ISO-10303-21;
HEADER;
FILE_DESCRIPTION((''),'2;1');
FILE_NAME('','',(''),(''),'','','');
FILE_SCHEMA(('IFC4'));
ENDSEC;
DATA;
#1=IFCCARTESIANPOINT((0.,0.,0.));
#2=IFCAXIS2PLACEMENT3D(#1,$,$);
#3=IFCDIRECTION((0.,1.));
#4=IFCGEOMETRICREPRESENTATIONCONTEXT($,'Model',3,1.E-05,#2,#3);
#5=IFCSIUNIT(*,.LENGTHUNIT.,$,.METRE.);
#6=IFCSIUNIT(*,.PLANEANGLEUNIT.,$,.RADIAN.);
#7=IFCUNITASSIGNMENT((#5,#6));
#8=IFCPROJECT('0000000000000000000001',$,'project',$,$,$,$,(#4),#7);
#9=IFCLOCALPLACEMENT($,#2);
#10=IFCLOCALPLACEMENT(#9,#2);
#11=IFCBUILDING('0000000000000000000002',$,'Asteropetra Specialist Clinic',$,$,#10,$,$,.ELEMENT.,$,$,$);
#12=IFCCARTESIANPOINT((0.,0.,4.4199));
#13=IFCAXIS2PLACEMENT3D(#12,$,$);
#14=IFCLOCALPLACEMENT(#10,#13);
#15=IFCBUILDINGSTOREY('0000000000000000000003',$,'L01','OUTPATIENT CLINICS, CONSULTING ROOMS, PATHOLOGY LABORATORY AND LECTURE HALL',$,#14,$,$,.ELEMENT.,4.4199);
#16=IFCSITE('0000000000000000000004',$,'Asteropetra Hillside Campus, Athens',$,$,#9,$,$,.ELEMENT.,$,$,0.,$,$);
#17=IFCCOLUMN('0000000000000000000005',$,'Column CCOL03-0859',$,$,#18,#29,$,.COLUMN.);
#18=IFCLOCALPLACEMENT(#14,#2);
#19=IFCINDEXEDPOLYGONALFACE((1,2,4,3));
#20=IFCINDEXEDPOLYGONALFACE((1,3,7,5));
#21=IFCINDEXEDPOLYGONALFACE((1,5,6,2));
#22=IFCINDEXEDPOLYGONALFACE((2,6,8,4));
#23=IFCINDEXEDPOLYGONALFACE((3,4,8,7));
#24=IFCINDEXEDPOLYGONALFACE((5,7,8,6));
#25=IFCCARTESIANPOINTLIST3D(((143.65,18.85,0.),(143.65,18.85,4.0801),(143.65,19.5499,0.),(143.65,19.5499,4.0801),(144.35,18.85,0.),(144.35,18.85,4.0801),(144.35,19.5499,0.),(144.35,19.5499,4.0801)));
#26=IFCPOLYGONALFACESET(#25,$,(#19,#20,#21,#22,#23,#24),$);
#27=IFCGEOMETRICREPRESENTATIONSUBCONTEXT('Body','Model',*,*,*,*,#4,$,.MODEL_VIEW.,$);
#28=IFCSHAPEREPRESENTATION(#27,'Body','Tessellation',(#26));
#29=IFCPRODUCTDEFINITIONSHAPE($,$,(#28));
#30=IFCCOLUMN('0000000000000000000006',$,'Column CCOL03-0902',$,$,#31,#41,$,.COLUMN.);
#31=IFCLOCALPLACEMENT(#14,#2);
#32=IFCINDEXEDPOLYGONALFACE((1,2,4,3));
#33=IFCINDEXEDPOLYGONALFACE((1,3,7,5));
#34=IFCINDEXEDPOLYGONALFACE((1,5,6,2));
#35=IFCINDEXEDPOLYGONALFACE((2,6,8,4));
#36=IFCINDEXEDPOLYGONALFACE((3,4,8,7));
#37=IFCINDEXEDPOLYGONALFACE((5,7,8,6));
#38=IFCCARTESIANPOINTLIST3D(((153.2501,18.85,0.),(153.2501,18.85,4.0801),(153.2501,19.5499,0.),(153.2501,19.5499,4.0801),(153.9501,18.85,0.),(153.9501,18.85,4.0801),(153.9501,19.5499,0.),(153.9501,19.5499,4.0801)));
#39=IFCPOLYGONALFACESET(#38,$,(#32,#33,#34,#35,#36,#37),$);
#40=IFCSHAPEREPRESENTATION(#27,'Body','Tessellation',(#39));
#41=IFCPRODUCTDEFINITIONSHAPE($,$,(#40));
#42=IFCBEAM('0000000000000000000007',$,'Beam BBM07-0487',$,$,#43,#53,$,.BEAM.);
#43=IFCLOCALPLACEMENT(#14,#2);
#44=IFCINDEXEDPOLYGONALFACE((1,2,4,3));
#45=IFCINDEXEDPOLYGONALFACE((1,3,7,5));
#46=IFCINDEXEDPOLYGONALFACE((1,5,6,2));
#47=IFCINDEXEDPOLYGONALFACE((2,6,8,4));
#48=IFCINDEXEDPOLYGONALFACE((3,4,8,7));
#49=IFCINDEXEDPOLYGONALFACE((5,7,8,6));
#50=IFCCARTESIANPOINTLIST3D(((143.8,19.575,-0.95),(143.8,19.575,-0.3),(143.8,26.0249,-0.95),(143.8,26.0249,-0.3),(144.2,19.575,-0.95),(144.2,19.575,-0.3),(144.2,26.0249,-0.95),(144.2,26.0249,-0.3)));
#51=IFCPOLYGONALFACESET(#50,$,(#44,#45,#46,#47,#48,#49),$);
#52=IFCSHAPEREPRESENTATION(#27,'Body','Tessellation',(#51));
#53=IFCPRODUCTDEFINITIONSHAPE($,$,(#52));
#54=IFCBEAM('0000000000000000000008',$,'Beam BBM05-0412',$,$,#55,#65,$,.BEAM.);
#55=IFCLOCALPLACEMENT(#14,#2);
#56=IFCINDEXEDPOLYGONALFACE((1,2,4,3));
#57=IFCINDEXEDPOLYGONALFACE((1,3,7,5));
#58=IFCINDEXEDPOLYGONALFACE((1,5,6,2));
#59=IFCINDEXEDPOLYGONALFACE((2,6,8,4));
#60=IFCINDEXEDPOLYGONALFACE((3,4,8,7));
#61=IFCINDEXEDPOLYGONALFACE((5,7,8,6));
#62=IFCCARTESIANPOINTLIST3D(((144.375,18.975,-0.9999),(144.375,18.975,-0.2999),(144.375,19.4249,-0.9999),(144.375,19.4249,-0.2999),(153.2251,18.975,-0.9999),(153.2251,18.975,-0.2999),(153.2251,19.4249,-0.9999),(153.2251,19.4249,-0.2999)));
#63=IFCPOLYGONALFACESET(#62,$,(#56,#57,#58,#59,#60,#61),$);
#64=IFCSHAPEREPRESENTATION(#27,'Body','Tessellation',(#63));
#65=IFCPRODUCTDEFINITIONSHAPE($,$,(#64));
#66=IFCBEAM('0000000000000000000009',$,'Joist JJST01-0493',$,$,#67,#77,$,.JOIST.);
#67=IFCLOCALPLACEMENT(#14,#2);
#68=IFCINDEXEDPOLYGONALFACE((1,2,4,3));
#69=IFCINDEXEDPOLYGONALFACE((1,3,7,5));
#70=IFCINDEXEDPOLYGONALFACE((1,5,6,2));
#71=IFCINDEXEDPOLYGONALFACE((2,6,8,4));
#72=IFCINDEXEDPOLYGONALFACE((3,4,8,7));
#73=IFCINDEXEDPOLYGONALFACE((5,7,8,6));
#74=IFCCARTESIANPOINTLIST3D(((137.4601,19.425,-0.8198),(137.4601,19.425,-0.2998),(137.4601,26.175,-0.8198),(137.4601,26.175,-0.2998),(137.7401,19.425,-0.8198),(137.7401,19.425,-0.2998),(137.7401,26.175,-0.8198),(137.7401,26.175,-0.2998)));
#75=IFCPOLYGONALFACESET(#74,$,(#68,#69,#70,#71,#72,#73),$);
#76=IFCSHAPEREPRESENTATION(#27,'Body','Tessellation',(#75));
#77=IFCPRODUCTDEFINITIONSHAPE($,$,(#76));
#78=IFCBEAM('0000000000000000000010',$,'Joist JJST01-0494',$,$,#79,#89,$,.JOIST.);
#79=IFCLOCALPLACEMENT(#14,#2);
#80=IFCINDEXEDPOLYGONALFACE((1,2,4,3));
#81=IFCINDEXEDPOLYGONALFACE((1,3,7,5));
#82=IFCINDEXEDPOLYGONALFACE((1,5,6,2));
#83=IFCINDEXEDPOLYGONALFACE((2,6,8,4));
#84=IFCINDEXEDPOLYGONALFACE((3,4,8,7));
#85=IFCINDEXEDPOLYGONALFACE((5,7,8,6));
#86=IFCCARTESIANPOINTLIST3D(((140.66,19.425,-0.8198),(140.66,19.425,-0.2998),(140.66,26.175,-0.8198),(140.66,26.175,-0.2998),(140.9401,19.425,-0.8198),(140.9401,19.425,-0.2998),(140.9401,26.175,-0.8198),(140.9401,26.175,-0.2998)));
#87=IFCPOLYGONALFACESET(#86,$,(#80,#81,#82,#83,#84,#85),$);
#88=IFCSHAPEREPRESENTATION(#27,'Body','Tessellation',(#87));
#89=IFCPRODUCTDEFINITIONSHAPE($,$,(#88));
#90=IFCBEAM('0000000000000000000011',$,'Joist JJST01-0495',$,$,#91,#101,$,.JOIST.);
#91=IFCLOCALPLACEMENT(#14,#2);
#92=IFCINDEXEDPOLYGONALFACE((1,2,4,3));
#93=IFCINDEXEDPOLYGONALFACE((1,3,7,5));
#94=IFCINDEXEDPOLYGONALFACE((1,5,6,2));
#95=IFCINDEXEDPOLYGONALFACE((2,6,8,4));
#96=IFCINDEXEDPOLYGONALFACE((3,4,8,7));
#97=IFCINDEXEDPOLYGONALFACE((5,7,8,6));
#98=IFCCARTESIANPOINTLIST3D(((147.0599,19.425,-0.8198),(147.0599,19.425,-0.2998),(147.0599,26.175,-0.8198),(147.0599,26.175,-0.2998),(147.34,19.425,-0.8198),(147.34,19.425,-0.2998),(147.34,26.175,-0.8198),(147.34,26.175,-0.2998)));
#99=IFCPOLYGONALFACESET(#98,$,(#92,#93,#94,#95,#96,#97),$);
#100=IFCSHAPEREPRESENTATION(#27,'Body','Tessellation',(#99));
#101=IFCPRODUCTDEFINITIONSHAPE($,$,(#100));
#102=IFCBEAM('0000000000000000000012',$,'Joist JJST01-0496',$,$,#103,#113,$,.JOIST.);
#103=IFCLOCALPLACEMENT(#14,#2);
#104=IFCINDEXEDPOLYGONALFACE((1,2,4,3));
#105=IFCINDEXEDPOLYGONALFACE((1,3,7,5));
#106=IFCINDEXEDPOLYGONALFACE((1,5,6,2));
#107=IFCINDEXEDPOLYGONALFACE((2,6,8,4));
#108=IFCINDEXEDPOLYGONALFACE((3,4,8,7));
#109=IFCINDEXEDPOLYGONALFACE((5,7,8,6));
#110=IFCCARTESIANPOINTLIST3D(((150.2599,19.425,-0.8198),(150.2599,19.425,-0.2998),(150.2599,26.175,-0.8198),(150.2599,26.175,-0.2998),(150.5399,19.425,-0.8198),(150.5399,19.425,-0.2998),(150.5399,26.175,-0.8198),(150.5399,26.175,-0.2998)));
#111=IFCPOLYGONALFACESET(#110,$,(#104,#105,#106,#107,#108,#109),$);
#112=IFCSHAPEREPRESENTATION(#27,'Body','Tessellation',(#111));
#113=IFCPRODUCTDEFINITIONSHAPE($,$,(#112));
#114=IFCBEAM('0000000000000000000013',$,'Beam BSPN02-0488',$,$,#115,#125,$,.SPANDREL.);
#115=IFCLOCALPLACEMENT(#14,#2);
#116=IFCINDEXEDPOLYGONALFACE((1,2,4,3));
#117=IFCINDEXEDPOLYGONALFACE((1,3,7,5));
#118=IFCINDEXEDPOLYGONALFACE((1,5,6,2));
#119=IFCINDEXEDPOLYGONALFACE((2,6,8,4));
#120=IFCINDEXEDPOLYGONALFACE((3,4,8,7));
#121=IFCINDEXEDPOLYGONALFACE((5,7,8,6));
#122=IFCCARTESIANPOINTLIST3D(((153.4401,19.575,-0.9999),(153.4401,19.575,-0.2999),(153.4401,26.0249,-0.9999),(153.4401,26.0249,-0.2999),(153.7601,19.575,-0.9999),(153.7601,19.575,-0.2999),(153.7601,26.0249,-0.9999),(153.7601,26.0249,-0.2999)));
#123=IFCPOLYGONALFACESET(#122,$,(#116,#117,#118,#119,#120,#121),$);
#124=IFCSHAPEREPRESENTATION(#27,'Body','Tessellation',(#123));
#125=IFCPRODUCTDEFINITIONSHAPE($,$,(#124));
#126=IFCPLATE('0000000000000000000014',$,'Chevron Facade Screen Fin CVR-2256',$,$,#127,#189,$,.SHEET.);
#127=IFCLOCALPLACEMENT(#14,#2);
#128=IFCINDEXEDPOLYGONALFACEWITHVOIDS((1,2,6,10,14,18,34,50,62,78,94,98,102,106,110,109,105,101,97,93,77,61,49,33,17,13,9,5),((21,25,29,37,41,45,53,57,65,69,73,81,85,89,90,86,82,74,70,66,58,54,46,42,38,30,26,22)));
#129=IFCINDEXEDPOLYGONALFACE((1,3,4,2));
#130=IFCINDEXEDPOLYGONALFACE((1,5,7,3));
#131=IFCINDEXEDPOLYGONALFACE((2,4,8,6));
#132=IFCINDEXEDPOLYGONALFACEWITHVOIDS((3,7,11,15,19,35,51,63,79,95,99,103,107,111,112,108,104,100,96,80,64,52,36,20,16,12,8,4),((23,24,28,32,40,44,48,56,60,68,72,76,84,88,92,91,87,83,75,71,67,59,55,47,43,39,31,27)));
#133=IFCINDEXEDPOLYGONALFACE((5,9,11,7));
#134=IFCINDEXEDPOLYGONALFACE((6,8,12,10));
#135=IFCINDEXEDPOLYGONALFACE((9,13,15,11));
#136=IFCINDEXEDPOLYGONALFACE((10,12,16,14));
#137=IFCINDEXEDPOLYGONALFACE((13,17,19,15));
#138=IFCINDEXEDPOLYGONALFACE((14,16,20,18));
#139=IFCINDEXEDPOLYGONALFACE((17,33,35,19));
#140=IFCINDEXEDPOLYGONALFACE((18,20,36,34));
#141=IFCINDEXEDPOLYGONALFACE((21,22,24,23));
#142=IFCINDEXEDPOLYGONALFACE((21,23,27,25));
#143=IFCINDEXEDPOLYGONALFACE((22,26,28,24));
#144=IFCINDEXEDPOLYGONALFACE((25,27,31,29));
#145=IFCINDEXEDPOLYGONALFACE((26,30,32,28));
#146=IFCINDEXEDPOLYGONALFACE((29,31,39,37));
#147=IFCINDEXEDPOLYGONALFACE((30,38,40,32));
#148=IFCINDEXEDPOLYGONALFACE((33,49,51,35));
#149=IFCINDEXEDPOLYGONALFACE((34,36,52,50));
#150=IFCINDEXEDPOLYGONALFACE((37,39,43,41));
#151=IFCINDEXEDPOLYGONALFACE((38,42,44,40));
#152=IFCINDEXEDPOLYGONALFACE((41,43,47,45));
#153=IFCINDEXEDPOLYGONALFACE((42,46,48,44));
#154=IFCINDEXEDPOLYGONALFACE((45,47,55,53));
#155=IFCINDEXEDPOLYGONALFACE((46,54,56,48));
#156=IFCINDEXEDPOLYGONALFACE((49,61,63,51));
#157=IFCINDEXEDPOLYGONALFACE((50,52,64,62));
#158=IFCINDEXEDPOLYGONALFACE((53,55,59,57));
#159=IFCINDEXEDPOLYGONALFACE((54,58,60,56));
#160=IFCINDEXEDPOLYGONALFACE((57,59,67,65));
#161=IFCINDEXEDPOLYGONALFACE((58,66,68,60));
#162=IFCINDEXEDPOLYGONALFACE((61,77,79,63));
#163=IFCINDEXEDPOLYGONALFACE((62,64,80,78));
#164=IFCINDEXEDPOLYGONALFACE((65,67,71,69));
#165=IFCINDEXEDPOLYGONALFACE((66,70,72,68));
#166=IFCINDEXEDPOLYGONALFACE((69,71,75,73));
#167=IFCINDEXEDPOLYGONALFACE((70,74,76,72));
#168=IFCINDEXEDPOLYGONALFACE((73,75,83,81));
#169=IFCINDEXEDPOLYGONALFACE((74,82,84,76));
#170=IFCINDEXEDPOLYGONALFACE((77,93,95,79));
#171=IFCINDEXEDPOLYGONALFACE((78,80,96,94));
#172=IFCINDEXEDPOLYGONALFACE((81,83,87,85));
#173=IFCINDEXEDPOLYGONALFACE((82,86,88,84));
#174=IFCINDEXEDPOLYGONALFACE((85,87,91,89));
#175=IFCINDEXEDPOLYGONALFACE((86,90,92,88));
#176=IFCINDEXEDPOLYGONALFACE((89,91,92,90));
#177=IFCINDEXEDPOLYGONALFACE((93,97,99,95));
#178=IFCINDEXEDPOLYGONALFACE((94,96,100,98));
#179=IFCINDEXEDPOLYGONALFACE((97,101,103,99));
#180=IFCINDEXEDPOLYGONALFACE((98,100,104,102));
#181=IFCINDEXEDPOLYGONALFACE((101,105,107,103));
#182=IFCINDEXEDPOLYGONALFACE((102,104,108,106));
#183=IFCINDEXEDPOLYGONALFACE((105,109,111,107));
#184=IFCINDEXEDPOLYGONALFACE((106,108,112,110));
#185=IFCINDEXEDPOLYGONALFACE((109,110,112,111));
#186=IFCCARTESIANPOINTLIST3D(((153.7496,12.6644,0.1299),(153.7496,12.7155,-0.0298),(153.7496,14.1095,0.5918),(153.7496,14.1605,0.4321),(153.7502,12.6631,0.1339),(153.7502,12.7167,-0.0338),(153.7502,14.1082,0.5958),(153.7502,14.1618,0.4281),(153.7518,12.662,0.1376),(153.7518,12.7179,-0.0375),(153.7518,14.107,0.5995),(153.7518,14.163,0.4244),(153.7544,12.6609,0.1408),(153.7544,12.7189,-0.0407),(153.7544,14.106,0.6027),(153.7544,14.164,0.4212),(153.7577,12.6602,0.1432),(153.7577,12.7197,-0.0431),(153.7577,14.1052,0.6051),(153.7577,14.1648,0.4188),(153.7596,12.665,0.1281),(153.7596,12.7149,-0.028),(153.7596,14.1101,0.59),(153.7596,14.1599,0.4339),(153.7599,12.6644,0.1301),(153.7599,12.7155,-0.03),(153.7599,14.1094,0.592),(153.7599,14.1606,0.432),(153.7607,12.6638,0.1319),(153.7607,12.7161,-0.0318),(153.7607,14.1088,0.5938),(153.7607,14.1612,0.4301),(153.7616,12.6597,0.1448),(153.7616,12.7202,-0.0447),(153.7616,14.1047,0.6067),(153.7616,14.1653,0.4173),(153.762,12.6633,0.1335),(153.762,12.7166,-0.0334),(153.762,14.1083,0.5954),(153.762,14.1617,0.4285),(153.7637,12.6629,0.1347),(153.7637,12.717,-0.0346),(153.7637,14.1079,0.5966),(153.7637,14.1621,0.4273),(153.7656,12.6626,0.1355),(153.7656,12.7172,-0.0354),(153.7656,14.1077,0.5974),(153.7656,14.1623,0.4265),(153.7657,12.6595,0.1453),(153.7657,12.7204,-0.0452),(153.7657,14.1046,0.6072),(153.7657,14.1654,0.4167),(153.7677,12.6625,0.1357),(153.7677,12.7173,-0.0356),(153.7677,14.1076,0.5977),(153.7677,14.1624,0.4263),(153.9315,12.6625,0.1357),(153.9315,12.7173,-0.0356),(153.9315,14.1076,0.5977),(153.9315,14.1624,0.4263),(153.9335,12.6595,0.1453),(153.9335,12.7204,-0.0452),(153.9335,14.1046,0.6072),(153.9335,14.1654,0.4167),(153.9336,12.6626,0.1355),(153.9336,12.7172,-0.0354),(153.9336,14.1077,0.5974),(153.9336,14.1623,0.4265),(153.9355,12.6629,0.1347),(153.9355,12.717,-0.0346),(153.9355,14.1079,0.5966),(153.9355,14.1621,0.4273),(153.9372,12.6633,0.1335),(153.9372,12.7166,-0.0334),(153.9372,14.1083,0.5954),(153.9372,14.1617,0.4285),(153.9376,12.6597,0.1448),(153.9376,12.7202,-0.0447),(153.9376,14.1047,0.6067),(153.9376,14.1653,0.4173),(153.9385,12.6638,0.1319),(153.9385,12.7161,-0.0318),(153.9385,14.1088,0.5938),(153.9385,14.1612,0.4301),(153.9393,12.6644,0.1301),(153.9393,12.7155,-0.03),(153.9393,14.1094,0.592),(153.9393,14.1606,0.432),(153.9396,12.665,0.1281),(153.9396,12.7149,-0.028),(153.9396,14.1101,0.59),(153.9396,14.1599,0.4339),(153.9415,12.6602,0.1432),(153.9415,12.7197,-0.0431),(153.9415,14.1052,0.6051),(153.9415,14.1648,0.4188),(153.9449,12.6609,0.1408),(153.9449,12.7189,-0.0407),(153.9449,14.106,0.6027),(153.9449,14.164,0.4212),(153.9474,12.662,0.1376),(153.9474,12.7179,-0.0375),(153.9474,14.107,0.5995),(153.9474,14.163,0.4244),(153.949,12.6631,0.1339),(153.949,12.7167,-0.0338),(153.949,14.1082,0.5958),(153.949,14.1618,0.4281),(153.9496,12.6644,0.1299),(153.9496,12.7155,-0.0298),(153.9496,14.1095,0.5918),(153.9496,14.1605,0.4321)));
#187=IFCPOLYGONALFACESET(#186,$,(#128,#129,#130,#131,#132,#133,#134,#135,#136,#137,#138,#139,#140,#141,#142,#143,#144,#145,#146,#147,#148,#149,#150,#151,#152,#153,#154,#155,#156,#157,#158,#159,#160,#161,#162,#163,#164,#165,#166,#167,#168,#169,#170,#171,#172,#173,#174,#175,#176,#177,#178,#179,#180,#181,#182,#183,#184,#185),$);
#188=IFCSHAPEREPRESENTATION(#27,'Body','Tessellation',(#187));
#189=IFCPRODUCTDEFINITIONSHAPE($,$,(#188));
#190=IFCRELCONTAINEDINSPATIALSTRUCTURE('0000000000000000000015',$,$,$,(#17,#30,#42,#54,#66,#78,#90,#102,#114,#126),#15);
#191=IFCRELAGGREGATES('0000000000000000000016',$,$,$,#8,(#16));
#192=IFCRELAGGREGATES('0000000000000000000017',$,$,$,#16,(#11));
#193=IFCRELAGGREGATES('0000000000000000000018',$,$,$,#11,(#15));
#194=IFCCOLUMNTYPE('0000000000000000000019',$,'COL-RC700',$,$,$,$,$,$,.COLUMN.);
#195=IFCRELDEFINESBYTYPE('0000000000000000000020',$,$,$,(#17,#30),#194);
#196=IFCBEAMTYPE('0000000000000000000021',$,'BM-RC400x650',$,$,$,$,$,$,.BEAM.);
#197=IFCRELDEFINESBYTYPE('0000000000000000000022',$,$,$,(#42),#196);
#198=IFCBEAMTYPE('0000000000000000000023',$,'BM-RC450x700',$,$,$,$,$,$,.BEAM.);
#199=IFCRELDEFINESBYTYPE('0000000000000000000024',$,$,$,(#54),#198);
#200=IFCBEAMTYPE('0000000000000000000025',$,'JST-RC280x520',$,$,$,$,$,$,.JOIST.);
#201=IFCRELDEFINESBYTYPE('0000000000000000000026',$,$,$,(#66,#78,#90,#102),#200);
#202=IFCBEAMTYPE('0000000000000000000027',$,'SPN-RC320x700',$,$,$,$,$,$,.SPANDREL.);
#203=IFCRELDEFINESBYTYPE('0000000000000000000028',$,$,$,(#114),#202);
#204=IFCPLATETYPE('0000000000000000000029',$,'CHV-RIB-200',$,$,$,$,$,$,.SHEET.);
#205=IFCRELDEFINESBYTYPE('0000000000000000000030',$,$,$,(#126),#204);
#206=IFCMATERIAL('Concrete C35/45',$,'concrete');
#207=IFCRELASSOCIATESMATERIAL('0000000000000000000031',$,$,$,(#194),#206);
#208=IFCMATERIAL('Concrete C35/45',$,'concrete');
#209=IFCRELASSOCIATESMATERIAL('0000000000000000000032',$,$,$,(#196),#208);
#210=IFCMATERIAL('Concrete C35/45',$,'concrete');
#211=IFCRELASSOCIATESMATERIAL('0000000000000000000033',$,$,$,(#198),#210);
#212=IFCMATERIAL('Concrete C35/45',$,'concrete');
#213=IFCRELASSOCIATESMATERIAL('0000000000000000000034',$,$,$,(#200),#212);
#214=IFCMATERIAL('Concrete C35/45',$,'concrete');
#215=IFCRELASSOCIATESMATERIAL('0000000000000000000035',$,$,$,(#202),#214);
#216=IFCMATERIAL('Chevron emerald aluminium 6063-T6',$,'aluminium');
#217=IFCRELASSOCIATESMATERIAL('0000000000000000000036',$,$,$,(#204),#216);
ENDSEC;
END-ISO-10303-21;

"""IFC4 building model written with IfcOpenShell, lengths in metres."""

from ifc_helpers import new_model, si_unit, direction, frame, origin, origin_2d, place, context, subcontext, project, spatial, rectangle, hollow_rectangle, extrude, material, material_profile, profile_set, type_object, element, save


model = new_model("IFC4")

# Units and contexts
model_context = context("Model", 3, precision=1e-05, world=origin(), true_north=direction((0.0, 1.0)))
body_context = subcontext(model_context, "Body", "Model", "MODEL_VIEW")
ifc_project = project(units=[si_unit("LENGTHUNIT", "METRE"), si_unit("PLANEANGLEUNIT", "RADIAN")], contexts=[model_context])

# Site, building, storey
site_placement = place(None, origin())
site = spatial("IfcSite", under=ifc_project, at=site_placement, Name="Asteropetra Hillside Campus, Athens", CompositionType="ELEMENT", RefElevation=0.0)
building_placement = place(site_placement, origin())
building = spatial("IfcBuilding", under=site, at=building_placement, Name="Asteropetra Specialist Clinic", CompositionType="ELEMENT")
storey_placement = place(building_placement, frame((0.0, 0.0, 4.4199)))
storey = spatial("IfcBuildingStorey", under=building, at=storey_placement, Name="L01", Description="OUTPATIENT CLINICS, CONSULTING ROOMS, PATHOLOGY LABORATORY AND LECTURE HALL", CompositionType="ELEMENT", Elevation=4.4199)

# Columns
ifc_material_1 = material(Name="Concrete C35/45", Category="concrete")
ifc_material_profile_1 = material_profile(ifc_material_1, rectangle(XDim=0.7, YDim=0.7, at=origin_2d()), Name="RC 700x700")
ifc_profile_set_1 = profile_set([ifc_material_profile_1], Name="Concrete C35/45")
column_type = type_object("IfcColumnType", Name="COL-RC700", PredefinedType="COLUMN", material=ifc_profile_set_1)
for number, where, z_axis, x_axis, name in (
    (1, (144.0, 19.2, 0.0), (0.0, 0.0, 1.0), (1.0, 0.0, 0.0), "Column CCOL03-0859"),
    (2, (153.6001, 19.2, 0.0), (0.0, 0.0, 1.0), (1.0, 0.0, 0.0), "Column CCOL03-0902"),
):
    element("IfcColumn", number, at=place(storey_placement, frame(where, z_axis=z_axis, x_axis=x_axis)), inside=storey, type_object=column_type, Name=name, PredefinedType="COLUMN", context=body_context, shape_type="SweptSolid", body=[
        extrude(rectangle(XDim=0.7, YDim=0.7, at=origin_2d()), origin(), (0.0, 0.0, 1.0), 4.0801),
    ])

# Beams
ifc_material_2 = material(Name="Concrete C35/45", Category="concrete")
ifc_material_profile_2 = material_profile(ifc_material_2, rectangle(XDim=0.3999, YDim=0.6499, at=origin_2d()), Name="RCB 400x650")
ifc_profile_set_2 = profile_set([ifc_material_profile_2], Name="Concrete C35/45")
beam_type_1 = type_object("IfcBeamType", Name="BM-RC400x650", PredefinedType="BEAM", material=ifc_profile_set_2)
beam_1_placement = place(storey_placement, frame((144.0, 19.575, -0.625), z_axis=(0.0, 1.0, 0.0), x_axis=(-1.0, 0.0, 0.0)))
element("IfcBeam", 3, at=beam_1_placement, inside=storey, type_object=beam_type_1, Name="Beam BBM07-0487", PredefinedType="BEAM", context=body_context, shape_type="SweptSolid", body=[
    extrude(rectangle(XDim=0.3999, YDim=0.6499, at=origin_2d()), origin(), (0.0, 0.0, 1.0), 6.45),
])
ifc_material_3 = material(Name="Concrete C35/45", Category="concrete")
ifc_material_profile_3 = material_profile(ifc_material_3, rectangle(XDim=0.45, YDim=0.7, at=origin_2d()), Name="RCB 450x700")
ifc_profile_set_3 = profile_set([ifc_material_profile_3], Name="Concrete C35/45")
beam_type_2 = type_object("IfcBeamType", Name="BM-RC450x700", PredefinedType="BEAM", material=ifc_profile_set_3)
beam_2_placement = place(storey_placement, frame((144.375, 19.2, -0.6499), z_axis=(1.0, 0.0, 0.0), x_axis=(0.0, 1.0, 0.0)))
element("IfcBeam", 4, at=beam_2_placement, inside=storey, type_object=beam_type_2, Name="Beam BBM05-0412", PredefinedType="BEAM", context=body_context, shape_type="SweptSolid", body=[
    extrude(rectangle(XDim=0.45, YDim=0.7, at=origin_2d()), origin(), (0.0, 0.0, 1.0), 8.8501),
])
ifc_material_4 = material(Name="Concrete C35/45", Category="concrete")
ifc_material_profile_4 = material_profile(ifc_material_4, rectangle(XDim=0.28, YDim=0.52, at=origin_2d()), Name="RCJ 280x520")
ifc_profile_set_4 = profile_set([ifc_material_profile_4], Name="Concrete C35/45")
beam_type_3 = type_object("IfcBeamType", Name="JST-RC280x520", PredefinedType="JOIST", material=ifc_profile_set_4)
for number, where, z_axis, x_axis, name in (
    (5, (137.6001, 19.425, -0.5598), (0.0, 1.0, 0.0), (-1.0, 0.0, 0.0), "Joist JJST01-0493"),
    (6, (140.8, 19.425, -0.5598), (0.0, 1.0, 0.0), (-1.0, 0.0, 0.0), "Joist JJST01-0494"),
    (7, (147.2, 19.425, -0.5598), (0.0, 1.0, 0.0), (-1.0, 0.0, 0.0), "Joist JJST01-0495"),
    (8, (150.3999, 19.425, -0.5598), (0.0, 1.0, 0.0), (-1.0, 0.0, 0.0), "Joist JJST01-0496"),
):
    element("IfcBeam", number, at=place(storey_placement, frame(where, z_axis=z_axis, x_axis=x_axis)), inside=storey, type_object=beam_type_3, Name=name, PredefinedType="JOIST", context=body_context, shape_type="SweptSolid", body=[
        extrude(rectangle(XDim=0.28, YDim=0.52, at=origin_2d()), origin(), (0.0, 0.0, 1.0), 6.75),
    ])
ifc_material_5 = material(Name="Concrete C35/45", Category="concrete")
ifc_material_profile_5 = material_profile(ifc_material_5, rectangle(XDim=0.3201, YDim=0.7, at=origin_2d()), Name="RCS 320x700")
ifc_profile_set_5 = profile_set([ifc_material_profile_5], Name="Concrete C35/45")
beam_type_4 = type_object("IfcBeamType", Name="SPN-RC320x700", PredefinedType="SPANDREL", material=ifc_profile_set_5)
beam_3_placement = place(storey_placement, frame((153.6001, 19.575, -0.6499), z_axis=(0.0, 1.0, 0.0), x_axis=(-1.0, 0.0, 0.0)))
element("IfcBeam", 9, at=beam_3_placement, inside=storey, type_object=beam_type_4, Name="Beam BSPN02-0488", PredefinedType="SPANDREL", context=body_context, shape_type="SweptSolid", body=[
    extrude(rectangle(XDim=0.3201, YDim=0.7, at=origin_2d()), origin(), (0.0, 0.0, 1.0), 6.45),
])

# Plate
ifc_material_6 = material(Name="Chevron emerald aluminium 6063-T6", Category="aluminium")
ifc_material_profile_6 = material_profile(ifc_material_6, hollow_rectangle(XDim=0.2, YDim=0.2, WallThickness=0.01, InnerFilletRadius=0.0081, OuterFilletRadius=0.0161, at=origin_2d()), Name="SHS 200x200x10.0")
ifc_profile_set_6 = profile_set([ifc_material_profile_6], Name="Chevron emerald aluminium 6063-T6")
plate_type = type_object("IfcPlateType", Name="CHV-RIB-200", PredefinedType="SHEET", material=ifc_profile_set_6)
for number, where, z_axis, x_axis, name in (
    (10, (153.8496, 12.6899, 0.05), (0.0, 0.952521, 0.304472), (-1.0, 0.0, 0.0), "Chevron Facade Screen Fin CVR-2256"),
):
    element("IfcPlate", number, at=place(storey_placement, frame(where, z_axis=z_axis, x_axis=x_axis)), inside=storey, type_object=plate_type, Name=name, PredefinedType="SHEET", context=body_context, shape_type="SweptSolid", body=[
        extrude(hollow_rectangle(XDim=0.2, YDim=0.2, WallThickness=0.01, InnerFilletRadius=0.0081, OuterFilletRadius=0.0161, at=origin_2d()), origin(), (0.0, 0.0, 1.0), 1.5171),
    ])

save(model, "model.ifc")
